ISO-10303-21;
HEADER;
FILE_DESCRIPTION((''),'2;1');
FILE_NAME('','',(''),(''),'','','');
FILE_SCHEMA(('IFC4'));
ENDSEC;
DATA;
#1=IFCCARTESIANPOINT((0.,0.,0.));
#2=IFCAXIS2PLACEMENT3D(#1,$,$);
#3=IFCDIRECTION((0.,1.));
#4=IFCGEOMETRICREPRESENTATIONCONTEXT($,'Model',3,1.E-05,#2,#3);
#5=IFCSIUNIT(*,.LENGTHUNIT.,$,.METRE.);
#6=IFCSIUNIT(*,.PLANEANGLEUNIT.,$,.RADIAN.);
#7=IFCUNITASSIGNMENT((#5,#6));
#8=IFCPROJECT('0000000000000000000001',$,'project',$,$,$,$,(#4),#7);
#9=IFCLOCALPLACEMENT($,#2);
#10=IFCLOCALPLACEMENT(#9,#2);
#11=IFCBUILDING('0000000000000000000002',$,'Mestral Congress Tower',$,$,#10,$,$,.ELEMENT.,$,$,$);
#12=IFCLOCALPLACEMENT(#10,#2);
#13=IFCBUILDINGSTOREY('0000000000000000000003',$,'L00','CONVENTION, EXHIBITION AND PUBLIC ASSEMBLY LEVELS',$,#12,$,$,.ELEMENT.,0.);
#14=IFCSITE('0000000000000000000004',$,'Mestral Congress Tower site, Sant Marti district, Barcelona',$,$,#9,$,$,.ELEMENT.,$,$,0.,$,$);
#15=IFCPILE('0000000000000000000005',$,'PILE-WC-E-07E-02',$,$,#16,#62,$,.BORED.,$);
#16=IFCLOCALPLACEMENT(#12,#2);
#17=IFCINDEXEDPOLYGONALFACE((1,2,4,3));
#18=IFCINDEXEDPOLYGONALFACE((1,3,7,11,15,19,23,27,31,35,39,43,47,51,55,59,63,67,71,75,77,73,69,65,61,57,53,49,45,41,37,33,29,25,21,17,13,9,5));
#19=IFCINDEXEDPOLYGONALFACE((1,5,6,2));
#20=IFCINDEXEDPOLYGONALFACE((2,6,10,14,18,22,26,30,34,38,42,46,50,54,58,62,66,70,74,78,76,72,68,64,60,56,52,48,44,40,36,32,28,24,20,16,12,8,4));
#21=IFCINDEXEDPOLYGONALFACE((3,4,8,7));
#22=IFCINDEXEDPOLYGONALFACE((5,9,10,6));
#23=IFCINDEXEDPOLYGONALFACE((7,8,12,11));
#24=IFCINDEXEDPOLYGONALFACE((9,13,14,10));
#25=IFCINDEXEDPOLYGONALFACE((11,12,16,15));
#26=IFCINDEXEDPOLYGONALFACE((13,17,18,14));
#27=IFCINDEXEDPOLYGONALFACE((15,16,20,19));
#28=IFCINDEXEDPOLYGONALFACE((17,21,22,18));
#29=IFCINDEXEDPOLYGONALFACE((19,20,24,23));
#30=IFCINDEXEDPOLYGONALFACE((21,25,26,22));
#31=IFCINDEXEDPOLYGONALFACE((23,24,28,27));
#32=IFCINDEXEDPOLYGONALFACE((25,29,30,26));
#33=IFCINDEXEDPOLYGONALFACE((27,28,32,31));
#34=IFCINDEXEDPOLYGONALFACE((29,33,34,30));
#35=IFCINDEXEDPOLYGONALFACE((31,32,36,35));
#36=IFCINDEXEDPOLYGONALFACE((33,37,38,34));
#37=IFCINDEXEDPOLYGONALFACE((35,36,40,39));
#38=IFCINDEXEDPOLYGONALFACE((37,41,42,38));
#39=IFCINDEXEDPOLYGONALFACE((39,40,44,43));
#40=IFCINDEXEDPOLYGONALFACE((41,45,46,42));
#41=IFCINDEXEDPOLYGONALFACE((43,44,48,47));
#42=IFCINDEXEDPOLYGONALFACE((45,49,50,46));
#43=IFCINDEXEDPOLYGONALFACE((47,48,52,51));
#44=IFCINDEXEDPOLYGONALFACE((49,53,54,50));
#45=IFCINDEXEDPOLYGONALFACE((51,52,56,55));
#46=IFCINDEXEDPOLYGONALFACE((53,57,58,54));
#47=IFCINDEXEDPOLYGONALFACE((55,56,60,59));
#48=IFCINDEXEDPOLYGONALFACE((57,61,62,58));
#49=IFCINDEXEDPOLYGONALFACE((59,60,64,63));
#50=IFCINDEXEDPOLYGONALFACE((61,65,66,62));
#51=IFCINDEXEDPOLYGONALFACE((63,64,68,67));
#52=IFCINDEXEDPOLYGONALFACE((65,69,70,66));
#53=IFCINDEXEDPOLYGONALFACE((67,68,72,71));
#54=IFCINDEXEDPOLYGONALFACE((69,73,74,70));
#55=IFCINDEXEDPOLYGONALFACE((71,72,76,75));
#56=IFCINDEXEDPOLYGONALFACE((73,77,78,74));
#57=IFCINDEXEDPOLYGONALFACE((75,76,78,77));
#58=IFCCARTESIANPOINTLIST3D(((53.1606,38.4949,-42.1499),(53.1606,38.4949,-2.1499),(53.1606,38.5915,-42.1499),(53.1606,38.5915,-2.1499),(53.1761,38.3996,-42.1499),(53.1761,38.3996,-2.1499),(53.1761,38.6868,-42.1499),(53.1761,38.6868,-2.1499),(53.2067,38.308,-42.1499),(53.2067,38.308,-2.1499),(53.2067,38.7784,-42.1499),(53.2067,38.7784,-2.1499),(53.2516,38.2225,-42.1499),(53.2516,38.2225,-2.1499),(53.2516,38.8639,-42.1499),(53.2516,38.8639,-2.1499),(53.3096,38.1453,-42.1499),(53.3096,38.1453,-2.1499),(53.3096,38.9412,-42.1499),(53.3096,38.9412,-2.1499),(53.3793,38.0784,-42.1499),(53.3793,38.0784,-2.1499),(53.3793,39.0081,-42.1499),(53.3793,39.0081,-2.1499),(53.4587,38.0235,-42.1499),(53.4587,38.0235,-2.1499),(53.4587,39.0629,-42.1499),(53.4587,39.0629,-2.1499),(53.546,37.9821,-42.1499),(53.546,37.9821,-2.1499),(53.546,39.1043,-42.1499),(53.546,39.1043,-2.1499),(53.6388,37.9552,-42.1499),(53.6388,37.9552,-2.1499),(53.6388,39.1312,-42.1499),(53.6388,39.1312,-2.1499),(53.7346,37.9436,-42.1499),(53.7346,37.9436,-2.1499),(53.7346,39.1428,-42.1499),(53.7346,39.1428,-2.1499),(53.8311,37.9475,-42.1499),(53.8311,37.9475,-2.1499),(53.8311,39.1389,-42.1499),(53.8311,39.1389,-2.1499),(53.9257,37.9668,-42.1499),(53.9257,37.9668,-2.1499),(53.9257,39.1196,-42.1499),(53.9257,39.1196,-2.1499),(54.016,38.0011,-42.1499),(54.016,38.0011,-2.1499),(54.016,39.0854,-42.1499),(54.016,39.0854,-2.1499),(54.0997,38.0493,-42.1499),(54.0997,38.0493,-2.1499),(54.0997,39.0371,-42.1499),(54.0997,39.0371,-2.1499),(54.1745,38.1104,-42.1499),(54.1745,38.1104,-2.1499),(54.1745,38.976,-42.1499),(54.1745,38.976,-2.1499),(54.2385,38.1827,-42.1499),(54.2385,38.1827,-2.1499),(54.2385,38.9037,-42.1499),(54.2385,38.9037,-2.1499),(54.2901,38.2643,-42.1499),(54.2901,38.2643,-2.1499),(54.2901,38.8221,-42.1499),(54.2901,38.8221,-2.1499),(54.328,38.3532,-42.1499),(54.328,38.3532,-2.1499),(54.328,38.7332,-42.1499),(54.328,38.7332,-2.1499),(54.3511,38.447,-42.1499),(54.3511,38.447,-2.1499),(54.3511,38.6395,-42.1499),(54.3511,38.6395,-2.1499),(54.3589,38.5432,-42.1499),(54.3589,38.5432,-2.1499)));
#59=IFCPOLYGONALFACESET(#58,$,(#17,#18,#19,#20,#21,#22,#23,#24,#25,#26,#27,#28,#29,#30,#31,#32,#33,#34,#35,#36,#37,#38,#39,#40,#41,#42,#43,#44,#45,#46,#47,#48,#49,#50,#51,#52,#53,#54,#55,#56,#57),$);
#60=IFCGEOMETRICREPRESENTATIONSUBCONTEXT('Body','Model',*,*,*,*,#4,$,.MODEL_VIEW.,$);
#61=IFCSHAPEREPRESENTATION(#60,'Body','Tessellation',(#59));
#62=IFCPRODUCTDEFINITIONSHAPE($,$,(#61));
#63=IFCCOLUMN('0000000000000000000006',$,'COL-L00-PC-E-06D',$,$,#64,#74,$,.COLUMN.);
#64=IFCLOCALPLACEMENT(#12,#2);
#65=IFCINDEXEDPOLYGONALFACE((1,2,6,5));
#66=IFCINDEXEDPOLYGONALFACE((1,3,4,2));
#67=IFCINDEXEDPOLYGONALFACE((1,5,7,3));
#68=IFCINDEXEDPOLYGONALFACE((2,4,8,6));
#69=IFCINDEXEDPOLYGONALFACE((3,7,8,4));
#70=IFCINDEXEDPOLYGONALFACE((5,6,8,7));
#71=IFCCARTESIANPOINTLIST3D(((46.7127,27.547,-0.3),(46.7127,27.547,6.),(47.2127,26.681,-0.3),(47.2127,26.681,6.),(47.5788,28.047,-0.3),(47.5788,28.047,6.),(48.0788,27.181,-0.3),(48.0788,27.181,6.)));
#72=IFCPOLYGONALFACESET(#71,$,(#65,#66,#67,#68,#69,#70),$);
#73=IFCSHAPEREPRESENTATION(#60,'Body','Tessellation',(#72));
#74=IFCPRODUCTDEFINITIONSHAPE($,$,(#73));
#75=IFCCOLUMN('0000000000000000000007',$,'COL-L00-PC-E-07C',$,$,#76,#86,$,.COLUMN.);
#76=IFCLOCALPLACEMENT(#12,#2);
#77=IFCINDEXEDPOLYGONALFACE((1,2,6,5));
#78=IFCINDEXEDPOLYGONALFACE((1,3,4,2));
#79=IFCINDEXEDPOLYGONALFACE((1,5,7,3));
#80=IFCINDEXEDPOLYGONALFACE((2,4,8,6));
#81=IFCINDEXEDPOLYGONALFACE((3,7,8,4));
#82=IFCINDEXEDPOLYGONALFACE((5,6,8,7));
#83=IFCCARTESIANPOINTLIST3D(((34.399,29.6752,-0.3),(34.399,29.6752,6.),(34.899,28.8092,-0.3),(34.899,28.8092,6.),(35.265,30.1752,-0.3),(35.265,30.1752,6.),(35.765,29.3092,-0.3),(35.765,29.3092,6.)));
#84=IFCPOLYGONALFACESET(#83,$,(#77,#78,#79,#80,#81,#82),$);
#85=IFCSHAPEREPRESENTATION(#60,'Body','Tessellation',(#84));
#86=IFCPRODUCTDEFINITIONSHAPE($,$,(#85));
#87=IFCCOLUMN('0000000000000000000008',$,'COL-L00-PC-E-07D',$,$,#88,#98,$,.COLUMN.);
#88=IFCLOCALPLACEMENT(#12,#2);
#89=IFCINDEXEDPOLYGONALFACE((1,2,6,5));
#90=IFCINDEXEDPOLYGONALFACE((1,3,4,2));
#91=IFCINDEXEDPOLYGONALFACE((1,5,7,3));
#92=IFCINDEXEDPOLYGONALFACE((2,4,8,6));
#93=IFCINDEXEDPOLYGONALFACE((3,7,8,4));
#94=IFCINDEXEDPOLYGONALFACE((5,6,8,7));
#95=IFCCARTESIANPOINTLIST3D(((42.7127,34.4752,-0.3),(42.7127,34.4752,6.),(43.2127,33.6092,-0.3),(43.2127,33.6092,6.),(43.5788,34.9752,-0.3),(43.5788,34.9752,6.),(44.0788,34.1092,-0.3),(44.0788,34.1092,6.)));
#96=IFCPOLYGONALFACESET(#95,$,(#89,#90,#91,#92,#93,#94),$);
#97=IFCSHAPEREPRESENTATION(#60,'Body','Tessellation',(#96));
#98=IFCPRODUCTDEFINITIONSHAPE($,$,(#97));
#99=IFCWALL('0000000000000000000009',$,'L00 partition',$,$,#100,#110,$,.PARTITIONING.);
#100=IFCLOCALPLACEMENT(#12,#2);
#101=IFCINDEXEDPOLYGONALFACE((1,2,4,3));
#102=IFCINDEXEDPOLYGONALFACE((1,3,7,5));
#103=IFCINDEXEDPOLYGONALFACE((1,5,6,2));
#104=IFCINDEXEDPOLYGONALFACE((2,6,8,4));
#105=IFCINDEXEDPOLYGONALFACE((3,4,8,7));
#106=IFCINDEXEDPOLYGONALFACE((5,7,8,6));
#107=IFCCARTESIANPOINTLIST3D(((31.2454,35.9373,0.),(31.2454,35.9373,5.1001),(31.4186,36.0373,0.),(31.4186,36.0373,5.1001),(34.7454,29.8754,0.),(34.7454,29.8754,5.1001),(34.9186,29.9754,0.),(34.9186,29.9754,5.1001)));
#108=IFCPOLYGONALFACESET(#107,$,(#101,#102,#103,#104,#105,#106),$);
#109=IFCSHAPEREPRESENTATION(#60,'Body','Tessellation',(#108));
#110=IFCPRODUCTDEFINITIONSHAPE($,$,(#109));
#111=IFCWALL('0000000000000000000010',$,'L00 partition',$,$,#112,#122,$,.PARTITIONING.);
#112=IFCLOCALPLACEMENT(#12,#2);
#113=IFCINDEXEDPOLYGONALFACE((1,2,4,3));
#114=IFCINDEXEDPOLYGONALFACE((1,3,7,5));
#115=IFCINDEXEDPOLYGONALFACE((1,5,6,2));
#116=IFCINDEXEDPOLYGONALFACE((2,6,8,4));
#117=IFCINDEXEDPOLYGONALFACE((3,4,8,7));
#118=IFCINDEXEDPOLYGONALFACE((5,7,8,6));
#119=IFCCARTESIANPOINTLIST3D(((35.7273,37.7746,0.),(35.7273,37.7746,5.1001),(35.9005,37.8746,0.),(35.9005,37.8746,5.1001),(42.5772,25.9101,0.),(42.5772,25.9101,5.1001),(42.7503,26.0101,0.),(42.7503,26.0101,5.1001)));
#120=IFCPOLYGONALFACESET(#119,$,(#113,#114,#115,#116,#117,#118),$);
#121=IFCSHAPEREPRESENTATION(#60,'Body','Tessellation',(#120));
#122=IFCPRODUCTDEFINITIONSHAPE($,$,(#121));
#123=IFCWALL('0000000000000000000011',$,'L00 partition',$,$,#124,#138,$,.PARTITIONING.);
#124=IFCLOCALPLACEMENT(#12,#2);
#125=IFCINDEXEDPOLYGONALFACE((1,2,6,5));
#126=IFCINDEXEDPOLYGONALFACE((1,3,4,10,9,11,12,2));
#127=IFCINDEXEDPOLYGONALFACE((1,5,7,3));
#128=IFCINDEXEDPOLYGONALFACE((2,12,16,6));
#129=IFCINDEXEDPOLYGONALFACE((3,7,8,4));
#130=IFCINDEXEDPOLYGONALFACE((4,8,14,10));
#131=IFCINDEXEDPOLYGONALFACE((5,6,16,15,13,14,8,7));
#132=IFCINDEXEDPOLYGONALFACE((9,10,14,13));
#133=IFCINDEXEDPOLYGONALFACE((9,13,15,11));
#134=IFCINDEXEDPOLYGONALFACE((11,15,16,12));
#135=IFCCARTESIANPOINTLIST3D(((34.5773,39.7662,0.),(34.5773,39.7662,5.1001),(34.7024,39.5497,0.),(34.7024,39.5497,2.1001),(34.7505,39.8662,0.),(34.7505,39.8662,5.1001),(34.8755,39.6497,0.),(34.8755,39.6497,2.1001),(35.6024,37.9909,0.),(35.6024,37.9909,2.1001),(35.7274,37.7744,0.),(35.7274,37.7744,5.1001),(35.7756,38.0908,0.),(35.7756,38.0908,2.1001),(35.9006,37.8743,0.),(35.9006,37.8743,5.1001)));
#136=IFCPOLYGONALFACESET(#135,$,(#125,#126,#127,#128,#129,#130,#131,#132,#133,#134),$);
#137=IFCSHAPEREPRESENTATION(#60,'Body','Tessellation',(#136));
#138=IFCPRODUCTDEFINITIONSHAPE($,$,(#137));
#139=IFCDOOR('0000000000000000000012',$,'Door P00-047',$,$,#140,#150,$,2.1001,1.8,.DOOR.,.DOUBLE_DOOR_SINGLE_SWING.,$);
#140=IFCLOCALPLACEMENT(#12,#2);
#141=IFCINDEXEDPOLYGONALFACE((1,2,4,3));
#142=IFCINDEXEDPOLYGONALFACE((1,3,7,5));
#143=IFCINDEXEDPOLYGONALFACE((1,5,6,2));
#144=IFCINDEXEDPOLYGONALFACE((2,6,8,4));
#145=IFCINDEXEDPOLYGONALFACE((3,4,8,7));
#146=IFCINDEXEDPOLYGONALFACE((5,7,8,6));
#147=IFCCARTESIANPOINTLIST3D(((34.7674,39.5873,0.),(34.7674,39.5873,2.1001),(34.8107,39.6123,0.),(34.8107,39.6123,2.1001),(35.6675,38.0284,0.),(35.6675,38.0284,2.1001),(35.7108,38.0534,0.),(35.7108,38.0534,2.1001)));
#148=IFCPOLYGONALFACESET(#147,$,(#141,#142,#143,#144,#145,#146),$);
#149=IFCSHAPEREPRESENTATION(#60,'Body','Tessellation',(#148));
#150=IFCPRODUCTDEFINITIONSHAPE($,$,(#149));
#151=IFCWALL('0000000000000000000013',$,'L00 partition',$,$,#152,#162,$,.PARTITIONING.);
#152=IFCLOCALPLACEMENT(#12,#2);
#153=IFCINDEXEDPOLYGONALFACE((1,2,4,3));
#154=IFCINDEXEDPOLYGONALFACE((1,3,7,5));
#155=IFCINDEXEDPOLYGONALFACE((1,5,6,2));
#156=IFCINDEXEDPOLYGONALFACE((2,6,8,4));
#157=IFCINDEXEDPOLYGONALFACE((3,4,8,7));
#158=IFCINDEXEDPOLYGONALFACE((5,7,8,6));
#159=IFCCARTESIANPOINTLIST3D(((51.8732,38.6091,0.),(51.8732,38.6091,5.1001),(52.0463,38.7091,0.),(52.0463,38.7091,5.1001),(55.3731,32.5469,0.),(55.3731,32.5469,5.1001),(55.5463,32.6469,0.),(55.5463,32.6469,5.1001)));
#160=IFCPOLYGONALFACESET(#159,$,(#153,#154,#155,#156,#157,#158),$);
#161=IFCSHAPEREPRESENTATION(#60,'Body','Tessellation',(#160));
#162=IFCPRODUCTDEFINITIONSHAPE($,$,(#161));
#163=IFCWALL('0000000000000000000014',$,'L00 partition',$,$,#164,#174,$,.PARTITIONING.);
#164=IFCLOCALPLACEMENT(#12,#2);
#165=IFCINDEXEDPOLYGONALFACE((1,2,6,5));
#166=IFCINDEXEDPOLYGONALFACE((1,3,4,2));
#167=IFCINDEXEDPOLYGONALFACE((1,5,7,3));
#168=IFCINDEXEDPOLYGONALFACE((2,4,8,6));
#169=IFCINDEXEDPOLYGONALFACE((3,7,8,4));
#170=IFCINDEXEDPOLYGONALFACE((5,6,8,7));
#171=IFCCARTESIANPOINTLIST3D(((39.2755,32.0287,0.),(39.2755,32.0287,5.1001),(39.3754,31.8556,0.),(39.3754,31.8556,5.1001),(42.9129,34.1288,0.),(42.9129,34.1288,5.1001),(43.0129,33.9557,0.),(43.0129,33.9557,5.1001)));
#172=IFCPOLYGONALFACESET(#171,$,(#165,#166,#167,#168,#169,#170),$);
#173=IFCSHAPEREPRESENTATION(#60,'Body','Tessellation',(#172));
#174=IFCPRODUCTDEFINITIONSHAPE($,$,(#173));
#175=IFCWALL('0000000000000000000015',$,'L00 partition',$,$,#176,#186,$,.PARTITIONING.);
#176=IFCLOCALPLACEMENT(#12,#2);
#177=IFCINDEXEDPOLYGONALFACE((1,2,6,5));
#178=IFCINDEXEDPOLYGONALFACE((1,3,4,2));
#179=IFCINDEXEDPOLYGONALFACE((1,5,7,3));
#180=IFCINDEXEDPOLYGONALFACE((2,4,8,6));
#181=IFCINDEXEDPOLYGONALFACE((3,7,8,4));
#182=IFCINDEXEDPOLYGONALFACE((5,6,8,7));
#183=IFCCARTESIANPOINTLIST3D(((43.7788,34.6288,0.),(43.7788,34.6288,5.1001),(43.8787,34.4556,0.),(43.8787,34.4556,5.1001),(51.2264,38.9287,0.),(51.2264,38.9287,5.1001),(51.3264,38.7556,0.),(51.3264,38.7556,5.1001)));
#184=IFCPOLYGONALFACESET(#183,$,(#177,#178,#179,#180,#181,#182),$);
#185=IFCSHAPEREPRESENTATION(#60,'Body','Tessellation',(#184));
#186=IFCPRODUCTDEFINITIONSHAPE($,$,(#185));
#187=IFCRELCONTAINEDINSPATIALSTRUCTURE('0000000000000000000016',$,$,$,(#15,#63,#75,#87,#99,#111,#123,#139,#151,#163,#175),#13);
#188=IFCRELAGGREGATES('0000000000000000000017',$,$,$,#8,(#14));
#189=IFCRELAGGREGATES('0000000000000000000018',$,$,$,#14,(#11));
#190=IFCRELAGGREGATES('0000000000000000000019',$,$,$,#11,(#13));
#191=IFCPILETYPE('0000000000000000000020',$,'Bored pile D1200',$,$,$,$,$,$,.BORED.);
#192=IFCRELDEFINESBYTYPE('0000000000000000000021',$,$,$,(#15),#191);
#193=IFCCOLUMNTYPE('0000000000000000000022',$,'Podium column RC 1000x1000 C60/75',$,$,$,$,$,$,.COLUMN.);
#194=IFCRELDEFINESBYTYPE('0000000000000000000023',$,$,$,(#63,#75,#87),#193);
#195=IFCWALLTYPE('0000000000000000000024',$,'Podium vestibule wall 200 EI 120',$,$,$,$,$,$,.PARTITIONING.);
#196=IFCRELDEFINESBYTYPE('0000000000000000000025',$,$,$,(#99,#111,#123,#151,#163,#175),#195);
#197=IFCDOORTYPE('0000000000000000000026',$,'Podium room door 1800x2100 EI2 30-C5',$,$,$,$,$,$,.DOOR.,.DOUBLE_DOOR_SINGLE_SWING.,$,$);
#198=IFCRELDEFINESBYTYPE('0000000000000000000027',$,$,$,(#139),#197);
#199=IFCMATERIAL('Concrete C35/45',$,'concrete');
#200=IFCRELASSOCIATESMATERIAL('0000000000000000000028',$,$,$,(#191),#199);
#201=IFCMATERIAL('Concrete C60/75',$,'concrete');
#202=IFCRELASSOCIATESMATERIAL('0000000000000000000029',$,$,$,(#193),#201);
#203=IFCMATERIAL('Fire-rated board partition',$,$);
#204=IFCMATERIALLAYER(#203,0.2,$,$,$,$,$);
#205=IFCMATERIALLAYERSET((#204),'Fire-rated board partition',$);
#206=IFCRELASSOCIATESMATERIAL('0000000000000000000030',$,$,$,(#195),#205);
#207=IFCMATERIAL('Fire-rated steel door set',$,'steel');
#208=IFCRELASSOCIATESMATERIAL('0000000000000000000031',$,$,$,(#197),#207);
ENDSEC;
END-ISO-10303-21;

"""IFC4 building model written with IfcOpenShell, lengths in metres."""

from ifc_helpers import new_model, si_unit, direction, frame, frame_2d, origin, origin_2d, place, context, subcontext, project, spatial, rectangle, circle, extrude, material, layer, layer_set, material_profile, profile_set, type_object, element, fill, save


model = new_model("IFC4")

# Units and contexts
model_context = context("Model", 3, precision=1e-05, world=origin(), true_north=direction((0.0, 1.0)))
body_context = subcontext(model_context, "Body", "Model", "MODEL_VIEW")
ifc_project = project(units=[si_unit("LENGTHUNIT", "METRE"), si_unit("PLANEANGLEUNIT", "RADIAN")], contexts=[model_context])

# Site, building, storey
site_placement = place(None, origin())
site = spatial("IfcSite", under=ifc_project, at=site_placement, Name="Mestral Congress Tower site, Sant Marti district, Barcelona", CompositionType="ELEMENT", RefElevation=0.0)
building_placement = place(site_placement, origin())
building = spatial("IfcBuilding", under=site, at=building_placement, Name="Mestral Congress Tower", CompositionType="ELEMENT")
storey_placement = place(building_placement, origin())
storey = spatial("IfcBuildingStorey", under=building, at=storey_placement, Name="L00", Description="CONVENTION, EXHIBITION AND PUBLIC ASSEMBLY LEVELS", CompositionType="ELEMENT", Elevation=0.0)

# Pile
ifc_material_1 = material(Name="Concrete C35/45", Category="concrete")
ifc_material_profile_1 = material_profile(ifc_material_1, circle(Radius=0.6001, at=origin_2d()), Name="D1200")
ifc_profile_set_1 = profile_set([ifc_material_profile_1], Name="Concrete C35/45")
pile_type = type_object("IfcPileType", Name="Bored pile D1200", PredefinedType="BORED", material=ifc_profile_set_1)
for number, where, z_axis, x_axis, name in (
    (1, (53.7588, 38.5432, -2.1499), (0.0, 0.0, -1.0), (1.0, 0.0, 0.0), "PILE-WC-E-07E-02"),
):
    element("IfcPile", number, at=place(storey_placement, frame(where, z_axis=z_axis, x_axis=x_axis)), inside=storey, type_object=pile_type, Name=name, PredefinedType="BORED", context=body_context, shape_type="SweptSolid", body=[
        extrude(circle(Radius=0.6001, at=origin_2d()), origin(), (0.0, 0.0, 1.0), 40.0),
    ])

# Columns
ifc_material_2 = material(Name="Concrete C60/75", Category="concrete")
ifc_material_profile_2 = material_profile(ifc_material_2, rectangle(XDim=1.0, YDim=1.0, at=origin_2d()), Name="RC 1000x1000")
ifc_profile_set_2 = profile_set([ifc_material_profile_2], Name="Concrete C60/75")
column_type = type_object("IfcColumnType", Name="Podium column RC 1000x1000 C60/75", PredefinedType="COLUMN", material=ifc_profile_set_2)
for number, where, z_axis, x_axis, name in (
    (2, (47.3958, 27.364, -0.3), (0.0, 0.0, 1.0), (-0.5, 0.866025, 0.0), "COL-L00-PC-E-06D"),
    (3, (35.082, 29.4922, -0.3), (0.0, 0.0, 1.0), (-0.5, 0.866025, 0.0), "COL-L00-PC-E-07C"),
    (4, (43.3958, 34.2922, -0.3), (0.0, 0.0, 1.0), (-0.5, 0.866025, 0.0), "COL-L00-PC-E-07D"),
):
    element("IfcColumn", number, at=place(storey_placement, frame(where, z_axis=z_axis, x_axis=x_axis)), inside=storey, type_object=column_type, Name=name, PredefinedType="COLUMN", context=body_context, shape_type="SweptSolid", body=[
        extrude(rectangle(XDim=1.0, YDim=1.0, at=origin_2d()), origin(), (0.0, 0.0, 1.0), 6.3),
    ])

# Walls
ifc_material_3 = material(Name="Fire-rated board partition")
ifc_layer = layer(ifc_material_3, 0.2)
ifc_layer_set = layer_set([ifc_layer], Name="Fire-rated board partition")
wall_type = type_object("IfcWallType", Name="Podium vestibule wall 200 EI 120", PredefinedType="PARTITIONING", material=ifc_layer_set)
wall_1_placement = place(storey_placement, frame((34.832, 29.9253, 0.0), z_axis=(0.0, 0.0, 1.0), x_axis=(-0.50001, 0.866019, 0.0)))
element("IfcWall", 5, at=wall_1_placement, inside=storey, type_object=wall_type, Name="L00 partition", PredefinedType="PARTITIONING", context=body_context, shape_type="SweptSolid", body=[
    extrude(rectangle(XDim=6.9998, YDim=0.2, at=frame_2d((3.5, 0.0))), origin(), (0.0, 0.0, 1.0), 5.1001),
])
wall_2_placement = place(storey_placement, frame((42.6638, 25.96, 0.0), z_axis=(0.0, 0.0, 1.0), x_axis=(-0.499993, 0.866029, 0.0)))
element("IfcWall", 6, at=wall_2_placement, inside=storey, type_object=wall_type, Name="L00 partition", PredefinedType="PARTITIONING", context=body_context, shape_type="SweptSolid", body=[
    extrude(rectangle(XDim=13.7, YDim=0.2, at=frame_2d((6.8501, 0.0))), origin(), (0.0, 0.0, 1.0), 5.1001),
])

# Wall, opening, door
wall_3_placement = place(storey_placement, frame((35.814, 37.8245, 0.0), z_axis=(0.0, 0.0, 1.0), x_axis=(-0.500032, 0.866007, 0.0)))
wall_3 = element("IfcWall", 7, at=wall_3_placement, inside=storey, type_object=wall_type, Name="L00 partition", PredefinedType="PARTITIONING", context=body_context, shape_type="SweptSolid", body=[
    extrude(rectangle(XDim=2.3, YDim=0.2, at=frame_2d((1.1499, 0.0))), origin(), (0.0, 0.0, 1.0), 5.1001),
])
opening_placement = place(wall_3_placement, frame((0.25, 0.0, 0.0)))
opening = element("IfcOpeningElement", 8, at=opening_placement, cuts=wall_3, PredefinedType="OPENING", context=body_context, shape_type="SweptSolid", body=[
    extrude(rectangle(XDim=1.8, YDim=2.1001, at=frame_2d((0.8999, 1.05))), frame((0.0, 0.1099, 0.0), z_axis=(0.0, -1.0, 0.0), x_axis=(1.0, 0.0, 0.0)), (0.0, 0.0, 1.0), 0.22),
])
ifc_material_4 = material(Name="Fire-rated steel door set", Category="steel")
door_type = type_object("IfcDoorType", Name="Podium room door 1800x2100 EI2 30-C5", OperationType="DOUBLE_DOOR_SINGLE_SWING", PredefinedType="DOOR", material=ifc_material_4)
door_placement = place(opening_placement, origin())
door = element("IfcDoor", 9, at=door_placement, inside=storey, type_object=door_type, Name="Door P00-047", OperationType="DOUBLE_DOOR_SINGLE_SWING", OverallHeight=2.1001, OverallWidth=1.8, PredefinedType="DOOR", context=body_context, shape_type="SweptSolid", body=[
    extrude(rectangle(XDim=1.8, YDim=2.1001, at=frame_2d((0.8999, 1.05))), frame((0.0, 0.0249, 0.0), z_axis=(0.0, -1.0, 0.0), x_axis=(1.0, 0.0, 0.0)), (0.0, 0.0, 1.0), 0.05),
])
fill(opening, door)

# Walls
wall_4_placement = place(storey_placement, frame((55.4597, 32.5969, 0.0), z_axis=(0.0, 0.0, 1.0), x_axis=(-0.499995, 0.866028, 0.0)))
element("IfcWall", 10, at=wall_4_placement, inside=storey, type_object=wall_type, Name="L00 partition", PredefinedType="PARTITIONING", context=body_context, shape_type="SweptSolid", body=[
    extrude(rectangle(XDim=7.0, YDim=0.2, at=frame_2d((3.5, 0.0))), origin(), (0.0, 0.0, 1.0), 5.1001),
])
wall_5_placement = place(storey_placement, frame((39.3254, 31.9421, 0.0), z_axis=(0.0, 0.0, 1.0), x_axis=(0.866024, 0.500003, 0.0)))
element("IfcWall", 11, at=wall_5_placement, inside=storey, type_object=wall_type, Name="L00 partition", PredefinedType="PARTITIONING", context=body_context, shape_type="SweptSolid", body=[
    extrude(rectangle(XDim=4.2002, YDim=0.2, at=frame_2d((2.1001, 0.0))), origin(), (0.0, 0.0, 1.0), 5.1001),
])
wall_6_placement = place(storey_placement, frame((43.8289, 34.5422, 0.0), z_axis=(0.0, 0.0, 1.0), x_axis=(0.866021, 0.500008, 0.0)))
element("IfcWall", 12, at=wall_6_placement, inside=storey, type_object=wall_type, Name="L00 partition", PredefinedType="PARTITIONING", context=body_context, shape_type="SweptSolid", body=[
    extrude(rectangle(XDim=8.5999, YDim=0.2, at=frame_2d((4.2998, 0.0))), origin(), (0.0, 0.0, 1.0), 5.1001),
])

save(model, "model.ifc")
